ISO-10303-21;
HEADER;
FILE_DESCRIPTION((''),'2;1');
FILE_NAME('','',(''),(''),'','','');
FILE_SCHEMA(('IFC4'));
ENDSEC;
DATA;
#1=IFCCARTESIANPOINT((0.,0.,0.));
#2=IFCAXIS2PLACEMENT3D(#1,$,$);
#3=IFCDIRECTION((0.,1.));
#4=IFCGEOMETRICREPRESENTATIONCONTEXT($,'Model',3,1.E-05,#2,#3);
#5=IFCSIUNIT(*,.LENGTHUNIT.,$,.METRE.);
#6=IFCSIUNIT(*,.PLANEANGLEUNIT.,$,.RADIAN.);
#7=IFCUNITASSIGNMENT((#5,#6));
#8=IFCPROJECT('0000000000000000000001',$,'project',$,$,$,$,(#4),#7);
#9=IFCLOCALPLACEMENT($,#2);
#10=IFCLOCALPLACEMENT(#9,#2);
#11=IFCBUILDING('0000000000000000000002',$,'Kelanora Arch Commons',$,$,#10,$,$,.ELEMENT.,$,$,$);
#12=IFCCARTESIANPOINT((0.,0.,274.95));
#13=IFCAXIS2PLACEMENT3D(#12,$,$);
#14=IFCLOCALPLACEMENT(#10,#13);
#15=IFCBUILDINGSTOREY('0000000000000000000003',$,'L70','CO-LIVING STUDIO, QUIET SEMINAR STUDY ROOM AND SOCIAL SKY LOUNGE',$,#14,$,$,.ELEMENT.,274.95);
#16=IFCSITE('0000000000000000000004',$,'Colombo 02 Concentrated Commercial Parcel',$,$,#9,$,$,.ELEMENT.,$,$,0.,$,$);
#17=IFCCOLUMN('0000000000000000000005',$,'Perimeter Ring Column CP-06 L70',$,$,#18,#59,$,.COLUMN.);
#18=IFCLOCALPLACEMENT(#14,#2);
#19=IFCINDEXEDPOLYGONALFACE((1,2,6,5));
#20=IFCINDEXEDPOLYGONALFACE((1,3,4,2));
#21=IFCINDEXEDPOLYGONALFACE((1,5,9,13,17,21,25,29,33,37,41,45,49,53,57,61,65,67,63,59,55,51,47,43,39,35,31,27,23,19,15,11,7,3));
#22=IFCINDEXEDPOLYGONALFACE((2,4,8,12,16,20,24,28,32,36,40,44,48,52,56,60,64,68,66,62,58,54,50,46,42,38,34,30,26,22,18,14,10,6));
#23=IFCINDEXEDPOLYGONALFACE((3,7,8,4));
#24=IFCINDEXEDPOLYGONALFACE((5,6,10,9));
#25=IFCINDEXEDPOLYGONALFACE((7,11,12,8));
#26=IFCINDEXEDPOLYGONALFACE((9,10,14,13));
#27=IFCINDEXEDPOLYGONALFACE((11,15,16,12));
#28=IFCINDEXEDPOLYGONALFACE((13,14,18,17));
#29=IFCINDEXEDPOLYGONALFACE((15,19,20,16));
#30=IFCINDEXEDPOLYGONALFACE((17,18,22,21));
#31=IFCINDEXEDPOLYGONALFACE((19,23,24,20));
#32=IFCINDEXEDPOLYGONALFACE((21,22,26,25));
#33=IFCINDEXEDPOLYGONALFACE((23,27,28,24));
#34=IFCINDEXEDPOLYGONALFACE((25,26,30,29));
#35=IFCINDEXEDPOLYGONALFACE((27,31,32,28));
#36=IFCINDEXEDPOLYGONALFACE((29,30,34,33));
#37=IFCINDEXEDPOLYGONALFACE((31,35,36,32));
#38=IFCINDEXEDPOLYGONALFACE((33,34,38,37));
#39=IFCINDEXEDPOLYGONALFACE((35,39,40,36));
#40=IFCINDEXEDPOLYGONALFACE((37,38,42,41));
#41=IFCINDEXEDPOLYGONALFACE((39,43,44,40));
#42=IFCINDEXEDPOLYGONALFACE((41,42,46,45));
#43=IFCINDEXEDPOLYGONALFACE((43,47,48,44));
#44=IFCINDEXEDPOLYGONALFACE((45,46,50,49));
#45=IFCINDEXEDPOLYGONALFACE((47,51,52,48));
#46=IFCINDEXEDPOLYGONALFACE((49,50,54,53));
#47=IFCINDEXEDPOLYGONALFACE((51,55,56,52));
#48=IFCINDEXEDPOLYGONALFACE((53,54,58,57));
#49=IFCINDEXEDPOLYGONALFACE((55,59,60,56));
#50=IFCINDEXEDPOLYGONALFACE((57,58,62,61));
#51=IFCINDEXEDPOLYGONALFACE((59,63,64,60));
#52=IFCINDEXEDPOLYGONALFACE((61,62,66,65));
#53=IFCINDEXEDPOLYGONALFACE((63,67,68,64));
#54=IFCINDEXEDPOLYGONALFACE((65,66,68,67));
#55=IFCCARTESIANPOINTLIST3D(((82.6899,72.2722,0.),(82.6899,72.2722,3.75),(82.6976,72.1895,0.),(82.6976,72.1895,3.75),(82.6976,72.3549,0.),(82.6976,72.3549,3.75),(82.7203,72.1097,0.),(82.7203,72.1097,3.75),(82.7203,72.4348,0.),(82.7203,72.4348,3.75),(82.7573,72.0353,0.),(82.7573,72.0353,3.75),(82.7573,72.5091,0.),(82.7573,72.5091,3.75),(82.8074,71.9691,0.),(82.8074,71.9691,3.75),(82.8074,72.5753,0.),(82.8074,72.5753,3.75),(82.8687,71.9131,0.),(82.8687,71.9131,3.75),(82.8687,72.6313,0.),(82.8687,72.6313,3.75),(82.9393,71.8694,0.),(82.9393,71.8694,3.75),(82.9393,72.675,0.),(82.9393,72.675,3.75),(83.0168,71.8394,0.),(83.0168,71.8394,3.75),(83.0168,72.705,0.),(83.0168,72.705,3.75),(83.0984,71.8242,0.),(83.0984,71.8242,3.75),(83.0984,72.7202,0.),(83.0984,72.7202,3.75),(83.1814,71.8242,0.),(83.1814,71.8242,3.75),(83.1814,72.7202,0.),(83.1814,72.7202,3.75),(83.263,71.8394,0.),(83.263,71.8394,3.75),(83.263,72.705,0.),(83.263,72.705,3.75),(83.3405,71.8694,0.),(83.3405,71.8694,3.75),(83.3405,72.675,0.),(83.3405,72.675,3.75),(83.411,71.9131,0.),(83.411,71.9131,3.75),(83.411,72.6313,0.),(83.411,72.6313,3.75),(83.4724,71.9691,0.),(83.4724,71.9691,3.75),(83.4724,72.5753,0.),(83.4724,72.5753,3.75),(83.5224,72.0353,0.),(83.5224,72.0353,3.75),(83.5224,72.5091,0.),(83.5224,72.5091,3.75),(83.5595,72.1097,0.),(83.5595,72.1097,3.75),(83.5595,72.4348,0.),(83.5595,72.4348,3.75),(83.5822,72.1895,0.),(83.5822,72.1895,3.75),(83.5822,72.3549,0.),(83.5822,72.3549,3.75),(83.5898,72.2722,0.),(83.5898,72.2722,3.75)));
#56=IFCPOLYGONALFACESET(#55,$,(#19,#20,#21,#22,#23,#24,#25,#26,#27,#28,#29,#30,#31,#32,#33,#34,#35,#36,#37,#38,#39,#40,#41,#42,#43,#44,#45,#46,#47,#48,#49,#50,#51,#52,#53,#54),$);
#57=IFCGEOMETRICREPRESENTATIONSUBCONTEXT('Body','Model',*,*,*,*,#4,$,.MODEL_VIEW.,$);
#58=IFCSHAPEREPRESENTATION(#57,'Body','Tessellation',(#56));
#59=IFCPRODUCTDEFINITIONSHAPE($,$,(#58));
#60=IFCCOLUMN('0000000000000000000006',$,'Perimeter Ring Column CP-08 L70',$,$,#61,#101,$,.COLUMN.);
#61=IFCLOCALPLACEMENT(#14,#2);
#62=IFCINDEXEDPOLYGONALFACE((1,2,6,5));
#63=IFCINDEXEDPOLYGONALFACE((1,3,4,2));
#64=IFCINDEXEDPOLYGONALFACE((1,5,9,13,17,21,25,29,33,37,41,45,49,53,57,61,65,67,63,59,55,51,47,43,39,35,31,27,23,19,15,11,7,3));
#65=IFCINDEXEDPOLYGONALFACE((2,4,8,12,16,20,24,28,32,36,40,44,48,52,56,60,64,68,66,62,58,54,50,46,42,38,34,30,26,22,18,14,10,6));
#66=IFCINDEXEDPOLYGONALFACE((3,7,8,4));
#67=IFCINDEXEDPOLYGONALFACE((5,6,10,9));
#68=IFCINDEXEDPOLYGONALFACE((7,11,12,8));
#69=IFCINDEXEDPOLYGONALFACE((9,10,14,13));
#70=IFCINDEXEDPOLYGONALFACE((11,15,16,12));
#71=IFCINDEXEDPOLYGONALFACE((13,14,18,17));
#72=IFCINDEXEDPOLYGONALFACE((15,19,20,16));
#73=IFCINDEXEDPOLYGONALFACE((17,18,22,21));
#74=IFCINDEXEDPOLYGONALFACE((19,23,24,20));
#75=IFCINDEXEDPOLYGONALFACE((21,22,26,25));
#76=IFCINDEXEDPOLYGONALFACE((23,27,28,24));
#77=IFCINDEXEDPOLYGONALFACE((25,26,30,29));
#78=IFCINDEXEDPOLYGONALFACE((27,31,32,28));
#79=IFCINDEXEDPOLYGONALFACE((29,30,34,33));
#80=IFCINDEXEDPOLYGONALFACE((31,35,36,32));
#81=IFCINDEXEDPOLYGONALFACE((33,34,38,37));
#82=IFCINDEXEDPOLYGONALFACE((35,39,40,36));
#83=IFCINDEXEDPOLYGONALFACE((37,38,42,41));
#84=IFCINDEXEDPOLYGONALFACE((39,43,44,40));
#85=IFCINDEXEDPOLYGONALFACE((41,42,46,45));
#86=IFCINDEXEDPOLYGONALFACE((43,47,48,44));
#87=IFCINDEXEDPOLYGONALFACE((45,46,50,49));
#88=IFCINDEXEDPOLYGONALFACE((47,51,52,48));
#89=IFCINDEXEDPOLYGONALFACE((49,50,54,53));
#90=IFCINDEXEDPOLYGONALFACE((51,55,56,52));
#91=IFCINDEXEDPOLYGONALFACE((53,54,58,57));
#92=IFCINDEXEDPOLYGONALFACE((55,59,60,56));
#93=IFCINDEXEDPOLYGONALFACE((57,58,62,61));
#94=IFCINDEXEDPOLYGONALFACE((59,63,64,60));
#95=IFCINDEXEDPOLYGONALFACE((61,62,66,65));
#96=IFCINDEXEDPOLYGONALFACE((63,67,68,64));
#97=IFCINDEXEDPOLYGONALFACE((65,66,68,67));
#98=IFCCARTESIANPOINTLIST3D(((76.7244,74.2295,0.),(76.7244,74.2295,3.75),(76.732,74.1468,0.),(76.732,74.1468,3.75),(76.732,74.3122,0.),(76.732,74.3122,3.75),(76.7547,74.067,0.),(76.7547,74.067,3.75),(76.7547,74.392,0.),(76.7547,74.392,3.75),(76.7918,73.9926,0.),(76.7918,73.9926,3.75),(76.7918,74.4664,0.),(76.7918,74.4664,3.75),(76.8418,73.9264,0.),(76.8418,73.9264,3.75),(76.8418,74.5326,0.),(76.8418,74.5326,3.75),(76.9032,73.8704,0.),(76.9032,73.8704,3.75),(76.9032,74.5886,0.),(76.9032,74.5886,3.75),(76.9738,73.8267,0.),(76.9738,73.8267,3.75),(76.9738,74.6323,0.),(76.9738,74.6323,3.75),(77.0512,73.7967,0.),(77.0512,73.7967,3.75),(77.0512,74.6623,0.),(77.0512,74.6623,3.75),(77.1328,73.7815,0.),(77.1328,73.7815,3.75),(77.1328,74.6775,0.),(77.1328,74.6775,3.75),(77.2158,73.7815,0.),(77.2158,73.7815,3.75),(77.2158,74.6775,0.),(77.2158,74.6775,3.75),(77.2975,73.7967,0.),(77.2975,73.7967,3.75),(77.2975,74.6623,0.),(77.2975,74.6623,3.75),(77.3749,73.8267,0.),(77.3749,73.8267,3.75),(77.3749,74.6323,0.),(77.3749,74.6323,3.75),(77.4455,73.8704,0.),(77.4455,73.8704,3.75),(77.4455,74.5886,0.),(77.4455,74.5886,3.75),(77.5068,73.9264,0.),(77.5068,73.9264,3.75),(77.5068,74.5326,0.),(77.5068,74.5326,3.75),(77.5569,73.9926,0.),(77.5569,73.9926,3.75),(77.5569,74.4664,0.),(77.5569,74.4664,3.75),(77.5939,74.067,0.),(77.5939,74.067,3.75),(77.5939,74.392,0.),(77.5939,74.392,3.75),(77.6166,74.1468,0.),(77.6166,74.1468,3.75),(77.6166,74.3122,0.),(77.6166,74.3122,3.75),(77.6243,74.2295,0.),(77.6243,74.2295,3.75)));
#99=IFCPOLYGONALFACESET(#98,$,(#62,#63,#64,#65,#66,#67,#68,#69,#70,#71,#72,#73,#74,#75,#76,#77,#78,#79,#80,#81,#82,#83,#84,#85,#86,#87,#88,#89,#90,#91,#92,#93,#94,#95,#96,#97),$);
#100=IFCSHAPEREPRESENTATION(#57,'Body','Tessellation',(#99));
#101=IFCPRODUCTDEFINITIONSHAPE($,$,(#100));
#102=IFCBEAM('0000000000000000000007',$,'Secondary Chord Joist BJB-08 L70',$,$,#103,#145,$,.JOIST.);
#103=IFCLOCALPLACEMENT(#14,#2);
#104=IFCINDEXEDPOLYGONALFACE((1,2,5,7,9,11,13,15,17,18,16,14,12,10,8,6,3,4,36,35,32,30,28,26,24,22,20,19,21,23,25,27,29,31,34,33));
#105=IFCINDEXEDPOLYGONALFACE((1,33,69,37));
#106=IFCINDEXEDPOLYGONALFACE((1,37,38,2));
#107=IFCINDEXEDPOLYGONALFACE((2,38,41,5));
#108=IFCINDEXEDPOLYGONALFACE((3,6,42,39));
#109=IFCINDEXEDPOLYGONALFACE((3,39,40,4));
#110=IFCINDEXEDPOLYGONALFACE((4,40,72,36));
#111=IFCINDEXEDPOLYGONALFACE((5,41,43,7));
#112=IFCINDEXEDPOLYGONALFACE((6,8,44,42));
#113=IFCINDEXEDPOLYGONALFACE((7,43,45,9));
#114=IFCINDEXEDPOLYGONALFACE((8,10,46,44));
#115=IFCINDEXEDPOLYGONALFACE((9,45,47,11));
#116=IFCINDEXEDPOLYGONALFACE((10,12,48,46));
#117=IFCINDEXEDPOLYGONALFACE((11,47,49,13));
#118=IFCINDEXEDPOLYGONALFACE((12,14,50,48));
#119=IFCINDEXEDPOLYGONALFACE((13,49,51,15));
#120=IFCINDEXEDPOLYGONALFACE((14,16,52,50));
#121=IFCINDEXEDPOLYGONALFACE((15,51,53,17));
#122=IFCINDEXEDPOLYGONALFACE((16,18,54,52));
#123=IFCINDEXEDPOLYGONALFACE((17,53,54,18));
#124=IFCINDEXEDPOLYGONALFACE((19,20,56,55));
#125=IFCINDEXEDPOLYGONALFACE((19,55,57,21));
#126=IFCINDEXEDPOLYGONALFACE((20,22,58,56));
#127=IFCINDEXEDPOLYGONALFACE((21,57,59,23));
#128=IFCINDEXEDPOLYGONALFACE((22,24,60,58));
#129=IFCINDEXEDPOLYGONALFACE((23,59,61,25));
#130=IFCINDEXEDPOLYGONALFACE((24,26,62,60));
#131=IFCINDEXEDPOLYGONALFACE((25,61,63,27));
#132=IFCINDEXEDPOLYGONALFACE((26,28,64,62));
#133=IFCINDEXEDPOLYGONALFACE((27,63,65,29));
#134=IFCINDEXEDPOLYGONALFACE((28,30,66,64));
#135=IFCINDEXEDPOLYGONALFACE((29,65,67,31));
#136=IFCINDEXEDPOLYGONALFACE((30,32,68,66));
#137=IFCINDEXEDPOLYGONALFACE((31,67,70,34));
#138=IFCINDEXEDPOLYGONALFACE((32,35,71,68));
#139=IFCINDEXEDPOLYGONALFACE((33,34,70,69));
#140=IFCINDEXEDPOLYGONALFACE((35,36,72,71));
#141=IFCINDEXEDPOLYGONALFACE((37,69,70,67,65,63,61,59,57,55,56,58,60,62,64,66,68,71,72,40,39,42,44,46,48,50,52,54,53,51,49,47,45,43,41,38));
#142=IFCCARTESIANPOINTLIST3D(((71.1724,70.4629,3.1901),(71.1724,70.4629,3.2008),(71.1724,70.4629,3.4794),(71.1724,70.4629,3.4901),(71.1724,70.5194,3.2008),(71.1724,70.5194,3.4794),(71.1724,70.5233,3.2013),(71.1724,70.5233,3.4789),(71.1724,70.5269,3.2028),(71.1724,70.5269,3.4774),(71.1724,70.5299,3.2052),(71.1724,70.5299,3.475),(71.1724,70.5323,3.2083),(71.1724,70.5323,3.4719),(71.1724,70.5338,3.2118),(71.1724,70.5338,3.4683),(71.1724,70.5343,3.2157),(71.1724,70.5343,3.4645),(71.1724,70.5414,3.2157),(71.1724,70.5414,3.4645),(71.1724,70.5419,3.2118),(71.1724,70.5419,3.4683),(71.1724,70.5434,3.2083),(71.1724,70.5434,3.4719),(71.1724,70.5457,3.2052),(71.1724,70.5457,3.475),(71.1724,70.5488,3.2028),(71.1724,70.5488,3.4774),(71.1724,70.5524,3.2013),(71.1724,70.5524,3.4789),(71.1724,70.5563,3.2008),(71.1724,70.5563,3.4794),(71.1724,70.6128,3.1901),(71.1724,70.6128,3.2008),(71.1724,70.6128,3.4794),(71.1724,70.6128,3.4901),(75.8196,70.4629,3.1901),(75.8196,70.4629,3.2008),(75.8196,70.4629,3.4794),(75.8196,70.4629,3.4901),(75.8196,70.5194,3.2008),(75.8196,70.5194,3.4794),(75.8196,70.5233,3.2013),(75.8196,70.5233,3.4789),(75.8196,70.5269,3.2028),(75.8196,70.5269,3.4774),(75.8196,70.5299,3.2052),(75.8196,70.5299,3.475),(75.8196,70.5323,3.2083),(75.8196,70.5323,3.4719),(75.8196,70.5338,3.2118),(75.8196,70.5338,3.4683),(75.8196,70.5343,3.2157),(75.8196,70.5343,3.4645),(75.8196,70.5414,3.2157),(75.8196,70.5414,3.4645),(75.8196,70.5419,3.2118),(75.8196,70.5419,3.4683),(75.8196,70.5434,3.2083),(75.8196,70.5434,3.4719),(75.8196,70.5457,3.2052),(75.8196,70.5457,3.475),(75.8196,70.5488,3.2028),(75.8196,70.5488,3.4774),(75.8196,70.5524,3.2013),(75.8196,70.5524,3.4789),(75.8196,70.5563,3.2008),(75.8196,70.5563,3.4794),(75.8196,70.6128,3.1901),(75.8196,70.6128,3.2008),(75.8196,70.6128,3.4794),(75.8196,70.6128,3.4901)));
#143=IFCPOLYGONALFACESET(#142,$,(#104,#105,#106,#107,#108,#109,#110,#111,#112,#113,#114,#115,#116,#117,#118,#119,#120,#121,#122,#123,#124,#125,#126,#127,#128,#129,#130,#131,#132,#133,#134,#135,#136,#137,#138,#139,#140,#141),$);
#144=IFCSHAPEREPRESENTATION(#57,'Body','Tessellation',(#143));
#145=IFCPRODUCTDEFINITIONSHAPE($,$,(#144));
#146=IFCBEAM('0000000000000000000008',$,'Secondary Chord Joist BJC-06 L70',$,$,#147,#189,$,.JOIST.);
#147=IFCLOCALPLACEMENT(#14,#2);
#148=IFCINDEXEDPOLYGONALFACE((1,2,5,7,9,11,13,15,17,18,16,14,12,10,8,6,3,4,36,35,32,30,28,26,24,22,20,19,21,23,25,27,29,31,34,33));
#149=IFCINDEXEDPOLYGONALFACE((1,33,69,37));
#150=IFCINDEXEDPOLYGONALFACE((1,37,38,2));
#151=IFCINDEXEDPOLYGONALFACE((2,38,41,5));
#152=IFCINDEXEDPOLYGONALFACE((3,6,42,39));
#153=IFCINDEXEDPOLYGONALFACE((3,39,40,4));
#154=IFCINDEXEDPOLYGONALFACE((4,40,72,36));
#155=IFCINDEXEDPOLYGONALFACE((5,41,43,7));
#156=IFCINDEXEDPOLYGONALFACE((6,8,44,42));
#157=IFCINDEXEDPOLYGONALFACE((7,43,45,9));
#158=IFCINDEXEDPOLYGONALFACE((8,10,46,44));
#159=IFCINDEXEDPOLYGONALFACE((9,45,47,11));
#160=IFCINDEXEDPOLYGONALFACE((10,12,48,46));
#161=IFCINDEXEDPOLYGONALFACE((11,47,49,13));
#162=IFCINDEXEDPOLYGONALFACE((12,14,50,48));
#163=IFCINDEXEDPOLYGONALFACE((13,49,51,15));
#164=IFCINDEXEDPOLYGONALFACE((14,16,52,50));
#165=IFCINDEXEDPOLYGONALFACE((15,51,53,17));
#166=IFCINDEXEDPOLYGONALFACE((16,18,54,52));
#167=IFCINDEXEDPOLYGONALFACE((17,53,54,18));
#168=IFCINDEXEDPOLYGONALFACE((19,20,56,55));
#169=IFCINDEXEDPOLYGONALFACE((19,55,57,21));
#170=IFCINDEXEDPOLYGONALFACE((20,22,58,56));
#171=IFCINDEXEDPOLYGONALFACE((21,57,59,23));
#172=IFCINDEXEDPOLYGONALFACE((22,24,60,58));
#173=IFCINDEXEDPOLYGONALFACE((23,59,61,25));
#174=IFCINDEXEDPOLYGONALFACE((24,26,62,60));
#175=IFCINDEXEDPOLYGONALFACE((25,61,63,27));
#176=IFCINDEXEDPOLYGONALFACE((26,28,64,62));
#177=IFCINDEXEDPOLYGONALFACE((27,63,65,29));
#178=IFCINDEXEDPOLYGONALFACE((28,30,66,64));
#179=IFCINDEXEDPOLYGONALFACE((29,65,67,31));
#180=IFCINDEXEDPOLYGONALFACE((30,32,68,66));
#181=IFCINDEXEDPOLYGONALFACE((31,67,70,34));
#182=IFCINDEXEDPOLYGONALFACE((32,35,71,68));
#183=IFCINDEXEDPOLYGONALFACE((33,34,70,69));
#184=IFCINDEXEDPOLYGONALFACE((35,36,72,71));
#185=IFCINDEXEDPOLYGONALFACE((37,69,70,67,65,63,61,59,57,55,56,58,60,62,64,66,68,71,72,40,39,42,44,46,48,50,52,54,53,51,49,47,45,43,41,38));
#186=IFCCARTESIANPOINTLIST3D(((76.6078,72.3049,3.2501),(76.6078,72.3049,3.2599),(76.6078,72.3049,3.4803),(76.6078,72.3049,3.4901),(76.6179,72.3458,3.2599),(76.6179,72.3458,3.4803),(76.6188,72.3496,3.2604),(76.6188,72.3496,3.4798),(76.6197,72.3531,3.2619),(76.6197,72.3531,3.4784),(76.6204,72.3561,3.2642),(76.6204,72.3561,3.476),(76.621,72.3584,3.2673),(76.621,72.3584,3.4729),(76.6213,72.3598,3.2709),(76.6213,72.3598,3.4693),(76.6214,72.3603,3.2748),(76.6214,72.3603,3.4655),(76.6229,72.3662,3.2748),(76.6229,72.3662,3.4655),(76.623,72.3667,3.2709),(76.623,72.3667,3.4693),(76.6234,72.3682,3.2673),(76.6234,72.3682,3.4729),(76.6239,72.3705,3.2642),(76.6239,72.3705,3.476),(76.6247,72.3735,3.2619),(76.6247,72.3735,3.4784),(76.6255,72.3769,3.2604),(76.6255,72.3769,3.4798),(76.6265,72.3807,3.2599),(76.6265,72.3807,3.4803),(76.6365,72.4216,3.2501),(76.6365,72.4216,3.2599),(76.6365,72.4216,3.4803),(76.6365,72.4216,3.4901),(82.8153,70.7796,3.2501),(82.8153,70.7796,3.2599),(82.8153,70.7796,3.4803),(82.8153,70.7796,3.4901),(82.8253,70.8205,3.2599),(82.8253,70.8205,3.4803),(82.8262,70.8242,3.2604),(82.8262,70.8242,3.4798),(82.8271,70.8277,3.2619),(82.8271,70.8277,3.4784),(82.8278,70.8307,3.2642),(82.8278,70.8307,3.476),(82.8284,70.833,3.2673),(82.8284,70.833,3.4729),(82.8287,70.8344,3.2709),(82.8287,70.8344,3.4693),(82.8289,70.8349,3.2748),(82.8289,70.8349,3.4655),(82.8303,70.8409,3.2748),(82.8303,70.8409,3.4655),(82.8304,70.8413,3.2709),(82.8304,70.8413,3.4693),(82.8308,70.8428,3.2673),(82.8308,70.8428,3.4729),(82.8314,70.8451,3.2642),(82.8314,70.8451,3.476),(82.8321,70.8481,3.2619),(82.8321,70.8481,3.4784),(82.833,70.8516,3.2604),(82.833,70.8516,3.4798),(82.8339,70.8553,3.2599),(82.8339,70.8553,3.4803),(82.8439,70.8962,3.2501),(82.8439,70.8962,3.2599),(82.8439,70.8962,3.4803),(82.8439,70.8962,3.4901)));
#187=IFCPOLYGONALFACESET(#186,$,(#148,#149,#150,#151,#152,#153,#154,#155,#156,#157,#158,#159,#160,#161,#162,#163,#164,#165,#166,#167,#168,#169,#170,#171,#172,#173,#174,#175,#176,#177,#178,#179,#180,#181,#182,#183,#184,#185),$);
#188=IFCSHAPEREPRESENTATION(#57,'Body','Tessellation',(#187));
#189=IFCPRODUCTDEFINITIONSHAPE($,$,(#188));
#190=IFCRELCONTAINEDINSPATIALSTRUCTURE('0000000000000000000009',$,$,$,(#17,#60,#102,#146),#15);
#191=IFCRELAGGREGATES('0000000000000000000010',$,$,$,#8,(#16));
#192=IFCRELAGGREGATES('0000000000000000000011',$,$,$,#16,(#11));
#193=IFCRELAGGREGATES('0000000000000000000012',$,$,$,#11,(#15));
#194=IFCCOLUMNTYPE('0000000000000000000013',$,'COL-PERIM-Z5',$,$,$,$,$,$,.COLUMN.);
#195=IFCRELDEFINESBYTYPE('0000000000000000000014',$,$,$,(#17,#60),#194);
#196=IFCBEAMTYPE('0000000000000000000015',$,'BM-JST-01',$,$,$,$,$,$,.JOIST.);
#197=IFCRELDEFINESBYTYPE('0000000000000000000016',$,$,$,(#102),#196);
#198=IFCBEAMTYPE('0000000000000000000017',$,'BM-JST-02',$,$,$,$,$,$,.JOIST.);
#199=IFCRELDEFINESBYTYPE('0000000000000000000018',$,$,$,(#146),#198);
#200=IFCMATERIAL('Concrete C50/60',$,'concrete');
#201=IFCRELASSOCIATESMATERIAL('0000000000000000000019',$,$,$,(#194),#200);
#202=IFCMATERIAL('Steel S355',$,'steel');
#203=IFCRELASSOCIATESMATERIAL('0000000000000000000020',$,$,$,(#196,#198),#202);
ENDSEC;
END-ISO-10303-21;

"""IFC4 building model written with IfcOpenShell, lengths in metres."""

from ifc_helpers import new_model, si_unit, direction, frame, origin, origin_2d, place, context, subcontext, project, spatial, circle, i_section, extrude, material, material_profile, profile_set, type_object, element, save


model = new_model("IFC4")

# Units and contexts
model_context = context("Model", 3, precision=1e-05, world=origin(), true_north=direction((0.0, 1.0)))
body_context = subcontext(model_context, "Body", "Model", "MODEL_VIEW")
ifc_project = project(units=[si_unit("LENGTHUNIT", "METRE"), si_unit("PLANEANGLEUNIT", "RADIAN")], contexts=[model_context])

# Site, building, storey
site_placement = place(None, origin())
site = spatial("IfcSite", under=ifc_project, at=site_placement, Name="Colombo 02 Concentrated Commercial Parcel", CompositionType="ELEMENT", RefElevation=0.0)
building_placement = place(site_placement, origin())
building = spatial("IfcBuilding", under=site, at=building_placement, Name="Kelanora Arch Commons", CompositionType="ELEMENT")
storey_placement = place(building_placement, frame((0.0, 0.0, 274.95)))
storey = spatial("IfcBuildingStorey", under=building, at=storey_placement, Name="L70", Description="CO-LIVING STUDIO, QUIET SEMINAR STUDY ROOM AND SOCIAL SKY LOUNGE", CompositionType="ELEMENT", Elevation=274.95)

# Columns
ifc_material_1 = material(Name="Concrete C50/60", Category="concrete")
ifc_material_profile_1 = material_profile(ifc_material_1, circle(Radius=0.45, at=origin_2d()), Name="RCC900")
ifc_profile_set_1 = profile_set([ifc_material_profile_1], Name="Concrete C50/60")
column_type = type_object("IfcColumnType", Name="COL-PERIM-Z5", PredefinedType="COLUMN", material=ifc_profile_set_1)
for number, where, z_axis, x_axis, name in (
    (1, (83.1399, 72.2722, 0.0), (0.0, 0.0, 1.0), (1.0, 0.0, 0.0), "Perimeter Ring Column CP-06 L70"),
    (2, (77.1743, 74.2295, 0.0), (0.0, 0.0, 1.0), (1.0, 0.0, 0.0), "Perimeter Ring Column CP-08 L70"),
):
    element("IfcColumn", number, at=place(storey_placement, frame(where, z_axis=z_axis, x_axis=x_axis)), inside=storey, type_object=column_type, Name=name, PredefinedType="COLUMN", context=body_context, shape_type="SweptSolid", body=[
        extrude(circle(Radius=0.45, at=origin_2d()), origin(), (0.0, 0.0, 1.0), 3.75),
    ])

# Beams
ifc_material_2 = material(Name="Steel S355", Category="steel")
ifc_material_profile_2 = material_profile(ifc_material_2, i_section(OverallWidth=0.1499, OverallDepth=0.3, WebThickness=0.0071, FlangeThickness=0.0107, FilletRadius=0.0149, at=origin_2d()), Name="IPE300")
ifc_profile_set_2 = profile_set([ifc_material_profile_2], Name="Steel S355")
beam_type_1 = type_object("IfcBeamType", Name="BM-JST-01", PredefinedType="JOIST", material=ifc_profile_set_2)
beam_1_placement = place(storey_placement, frame((75.8196, 70.5378, 3.3401), z_axis=(-1.0, 0.0, 0.0), x_axis=(0.0, -1.0, 0.0)))
element("IfcBeam", 3, at=beam_1_placement, inside=storey, type_object=beam_type_1, Name="Secondary Chord Joist BJB-08 L70", PredefinedType="JOIST", context=body_context, shape_type="SweptSolid", body=[
    extrude(i_section(OverallWidth=0.1499, OverallDepth=0.3, WebThickness=0.0071, FlangeThickness=0.0107, FilletRadius=0.0149, at=origin_2d()), origin(), (0.0, 0.0, 1.0), 4.6472),
])
ifc_material_profile_3 = material_profile(ifc_material_2, i_section(OverallWidth=0.1201, OverallDepth=0.24, WebThickness=0.0061, FlangeThickness=0.0098, FilletRadius=0.0149, at=origin_2d()), Name="IPE240")
ifc_profile_set_3 = profile_set([ifc_material_profile_3], Name="Steel S355")
beam_type_2 = type_object("IfcBeamType", Name="BM-JST-02", PredefinedType="JOIST", material=ifc_profile_set_3)
beam_2_placement = place(storey_placement, frame((82.8296, 70.8379, 3.3701), z_axis=(-0.97111, 0.238633, 0.0), x_axis=(-0.238633, -0.97111, 0.0)))
element("IfcBeam", 4, at=beam_2_placement, inside=storey, type_object=beam_type_2, Name="Secondary Chord Joist BJC-06 L70", PredefinedType="JOIST", context=body_context, shape_type="SweptSolid", body=[
    extrude(i_section(OverallWidth=0.1201, OverallDepth=0.24, WebThickness=0.0061, FlangeThickness=0.0098, FilletRadius=0.0149, at=origin_2d()), origin(), (0.0, 0.0, 1.0), 6.3921),
])

save(model, "model.ifc")
